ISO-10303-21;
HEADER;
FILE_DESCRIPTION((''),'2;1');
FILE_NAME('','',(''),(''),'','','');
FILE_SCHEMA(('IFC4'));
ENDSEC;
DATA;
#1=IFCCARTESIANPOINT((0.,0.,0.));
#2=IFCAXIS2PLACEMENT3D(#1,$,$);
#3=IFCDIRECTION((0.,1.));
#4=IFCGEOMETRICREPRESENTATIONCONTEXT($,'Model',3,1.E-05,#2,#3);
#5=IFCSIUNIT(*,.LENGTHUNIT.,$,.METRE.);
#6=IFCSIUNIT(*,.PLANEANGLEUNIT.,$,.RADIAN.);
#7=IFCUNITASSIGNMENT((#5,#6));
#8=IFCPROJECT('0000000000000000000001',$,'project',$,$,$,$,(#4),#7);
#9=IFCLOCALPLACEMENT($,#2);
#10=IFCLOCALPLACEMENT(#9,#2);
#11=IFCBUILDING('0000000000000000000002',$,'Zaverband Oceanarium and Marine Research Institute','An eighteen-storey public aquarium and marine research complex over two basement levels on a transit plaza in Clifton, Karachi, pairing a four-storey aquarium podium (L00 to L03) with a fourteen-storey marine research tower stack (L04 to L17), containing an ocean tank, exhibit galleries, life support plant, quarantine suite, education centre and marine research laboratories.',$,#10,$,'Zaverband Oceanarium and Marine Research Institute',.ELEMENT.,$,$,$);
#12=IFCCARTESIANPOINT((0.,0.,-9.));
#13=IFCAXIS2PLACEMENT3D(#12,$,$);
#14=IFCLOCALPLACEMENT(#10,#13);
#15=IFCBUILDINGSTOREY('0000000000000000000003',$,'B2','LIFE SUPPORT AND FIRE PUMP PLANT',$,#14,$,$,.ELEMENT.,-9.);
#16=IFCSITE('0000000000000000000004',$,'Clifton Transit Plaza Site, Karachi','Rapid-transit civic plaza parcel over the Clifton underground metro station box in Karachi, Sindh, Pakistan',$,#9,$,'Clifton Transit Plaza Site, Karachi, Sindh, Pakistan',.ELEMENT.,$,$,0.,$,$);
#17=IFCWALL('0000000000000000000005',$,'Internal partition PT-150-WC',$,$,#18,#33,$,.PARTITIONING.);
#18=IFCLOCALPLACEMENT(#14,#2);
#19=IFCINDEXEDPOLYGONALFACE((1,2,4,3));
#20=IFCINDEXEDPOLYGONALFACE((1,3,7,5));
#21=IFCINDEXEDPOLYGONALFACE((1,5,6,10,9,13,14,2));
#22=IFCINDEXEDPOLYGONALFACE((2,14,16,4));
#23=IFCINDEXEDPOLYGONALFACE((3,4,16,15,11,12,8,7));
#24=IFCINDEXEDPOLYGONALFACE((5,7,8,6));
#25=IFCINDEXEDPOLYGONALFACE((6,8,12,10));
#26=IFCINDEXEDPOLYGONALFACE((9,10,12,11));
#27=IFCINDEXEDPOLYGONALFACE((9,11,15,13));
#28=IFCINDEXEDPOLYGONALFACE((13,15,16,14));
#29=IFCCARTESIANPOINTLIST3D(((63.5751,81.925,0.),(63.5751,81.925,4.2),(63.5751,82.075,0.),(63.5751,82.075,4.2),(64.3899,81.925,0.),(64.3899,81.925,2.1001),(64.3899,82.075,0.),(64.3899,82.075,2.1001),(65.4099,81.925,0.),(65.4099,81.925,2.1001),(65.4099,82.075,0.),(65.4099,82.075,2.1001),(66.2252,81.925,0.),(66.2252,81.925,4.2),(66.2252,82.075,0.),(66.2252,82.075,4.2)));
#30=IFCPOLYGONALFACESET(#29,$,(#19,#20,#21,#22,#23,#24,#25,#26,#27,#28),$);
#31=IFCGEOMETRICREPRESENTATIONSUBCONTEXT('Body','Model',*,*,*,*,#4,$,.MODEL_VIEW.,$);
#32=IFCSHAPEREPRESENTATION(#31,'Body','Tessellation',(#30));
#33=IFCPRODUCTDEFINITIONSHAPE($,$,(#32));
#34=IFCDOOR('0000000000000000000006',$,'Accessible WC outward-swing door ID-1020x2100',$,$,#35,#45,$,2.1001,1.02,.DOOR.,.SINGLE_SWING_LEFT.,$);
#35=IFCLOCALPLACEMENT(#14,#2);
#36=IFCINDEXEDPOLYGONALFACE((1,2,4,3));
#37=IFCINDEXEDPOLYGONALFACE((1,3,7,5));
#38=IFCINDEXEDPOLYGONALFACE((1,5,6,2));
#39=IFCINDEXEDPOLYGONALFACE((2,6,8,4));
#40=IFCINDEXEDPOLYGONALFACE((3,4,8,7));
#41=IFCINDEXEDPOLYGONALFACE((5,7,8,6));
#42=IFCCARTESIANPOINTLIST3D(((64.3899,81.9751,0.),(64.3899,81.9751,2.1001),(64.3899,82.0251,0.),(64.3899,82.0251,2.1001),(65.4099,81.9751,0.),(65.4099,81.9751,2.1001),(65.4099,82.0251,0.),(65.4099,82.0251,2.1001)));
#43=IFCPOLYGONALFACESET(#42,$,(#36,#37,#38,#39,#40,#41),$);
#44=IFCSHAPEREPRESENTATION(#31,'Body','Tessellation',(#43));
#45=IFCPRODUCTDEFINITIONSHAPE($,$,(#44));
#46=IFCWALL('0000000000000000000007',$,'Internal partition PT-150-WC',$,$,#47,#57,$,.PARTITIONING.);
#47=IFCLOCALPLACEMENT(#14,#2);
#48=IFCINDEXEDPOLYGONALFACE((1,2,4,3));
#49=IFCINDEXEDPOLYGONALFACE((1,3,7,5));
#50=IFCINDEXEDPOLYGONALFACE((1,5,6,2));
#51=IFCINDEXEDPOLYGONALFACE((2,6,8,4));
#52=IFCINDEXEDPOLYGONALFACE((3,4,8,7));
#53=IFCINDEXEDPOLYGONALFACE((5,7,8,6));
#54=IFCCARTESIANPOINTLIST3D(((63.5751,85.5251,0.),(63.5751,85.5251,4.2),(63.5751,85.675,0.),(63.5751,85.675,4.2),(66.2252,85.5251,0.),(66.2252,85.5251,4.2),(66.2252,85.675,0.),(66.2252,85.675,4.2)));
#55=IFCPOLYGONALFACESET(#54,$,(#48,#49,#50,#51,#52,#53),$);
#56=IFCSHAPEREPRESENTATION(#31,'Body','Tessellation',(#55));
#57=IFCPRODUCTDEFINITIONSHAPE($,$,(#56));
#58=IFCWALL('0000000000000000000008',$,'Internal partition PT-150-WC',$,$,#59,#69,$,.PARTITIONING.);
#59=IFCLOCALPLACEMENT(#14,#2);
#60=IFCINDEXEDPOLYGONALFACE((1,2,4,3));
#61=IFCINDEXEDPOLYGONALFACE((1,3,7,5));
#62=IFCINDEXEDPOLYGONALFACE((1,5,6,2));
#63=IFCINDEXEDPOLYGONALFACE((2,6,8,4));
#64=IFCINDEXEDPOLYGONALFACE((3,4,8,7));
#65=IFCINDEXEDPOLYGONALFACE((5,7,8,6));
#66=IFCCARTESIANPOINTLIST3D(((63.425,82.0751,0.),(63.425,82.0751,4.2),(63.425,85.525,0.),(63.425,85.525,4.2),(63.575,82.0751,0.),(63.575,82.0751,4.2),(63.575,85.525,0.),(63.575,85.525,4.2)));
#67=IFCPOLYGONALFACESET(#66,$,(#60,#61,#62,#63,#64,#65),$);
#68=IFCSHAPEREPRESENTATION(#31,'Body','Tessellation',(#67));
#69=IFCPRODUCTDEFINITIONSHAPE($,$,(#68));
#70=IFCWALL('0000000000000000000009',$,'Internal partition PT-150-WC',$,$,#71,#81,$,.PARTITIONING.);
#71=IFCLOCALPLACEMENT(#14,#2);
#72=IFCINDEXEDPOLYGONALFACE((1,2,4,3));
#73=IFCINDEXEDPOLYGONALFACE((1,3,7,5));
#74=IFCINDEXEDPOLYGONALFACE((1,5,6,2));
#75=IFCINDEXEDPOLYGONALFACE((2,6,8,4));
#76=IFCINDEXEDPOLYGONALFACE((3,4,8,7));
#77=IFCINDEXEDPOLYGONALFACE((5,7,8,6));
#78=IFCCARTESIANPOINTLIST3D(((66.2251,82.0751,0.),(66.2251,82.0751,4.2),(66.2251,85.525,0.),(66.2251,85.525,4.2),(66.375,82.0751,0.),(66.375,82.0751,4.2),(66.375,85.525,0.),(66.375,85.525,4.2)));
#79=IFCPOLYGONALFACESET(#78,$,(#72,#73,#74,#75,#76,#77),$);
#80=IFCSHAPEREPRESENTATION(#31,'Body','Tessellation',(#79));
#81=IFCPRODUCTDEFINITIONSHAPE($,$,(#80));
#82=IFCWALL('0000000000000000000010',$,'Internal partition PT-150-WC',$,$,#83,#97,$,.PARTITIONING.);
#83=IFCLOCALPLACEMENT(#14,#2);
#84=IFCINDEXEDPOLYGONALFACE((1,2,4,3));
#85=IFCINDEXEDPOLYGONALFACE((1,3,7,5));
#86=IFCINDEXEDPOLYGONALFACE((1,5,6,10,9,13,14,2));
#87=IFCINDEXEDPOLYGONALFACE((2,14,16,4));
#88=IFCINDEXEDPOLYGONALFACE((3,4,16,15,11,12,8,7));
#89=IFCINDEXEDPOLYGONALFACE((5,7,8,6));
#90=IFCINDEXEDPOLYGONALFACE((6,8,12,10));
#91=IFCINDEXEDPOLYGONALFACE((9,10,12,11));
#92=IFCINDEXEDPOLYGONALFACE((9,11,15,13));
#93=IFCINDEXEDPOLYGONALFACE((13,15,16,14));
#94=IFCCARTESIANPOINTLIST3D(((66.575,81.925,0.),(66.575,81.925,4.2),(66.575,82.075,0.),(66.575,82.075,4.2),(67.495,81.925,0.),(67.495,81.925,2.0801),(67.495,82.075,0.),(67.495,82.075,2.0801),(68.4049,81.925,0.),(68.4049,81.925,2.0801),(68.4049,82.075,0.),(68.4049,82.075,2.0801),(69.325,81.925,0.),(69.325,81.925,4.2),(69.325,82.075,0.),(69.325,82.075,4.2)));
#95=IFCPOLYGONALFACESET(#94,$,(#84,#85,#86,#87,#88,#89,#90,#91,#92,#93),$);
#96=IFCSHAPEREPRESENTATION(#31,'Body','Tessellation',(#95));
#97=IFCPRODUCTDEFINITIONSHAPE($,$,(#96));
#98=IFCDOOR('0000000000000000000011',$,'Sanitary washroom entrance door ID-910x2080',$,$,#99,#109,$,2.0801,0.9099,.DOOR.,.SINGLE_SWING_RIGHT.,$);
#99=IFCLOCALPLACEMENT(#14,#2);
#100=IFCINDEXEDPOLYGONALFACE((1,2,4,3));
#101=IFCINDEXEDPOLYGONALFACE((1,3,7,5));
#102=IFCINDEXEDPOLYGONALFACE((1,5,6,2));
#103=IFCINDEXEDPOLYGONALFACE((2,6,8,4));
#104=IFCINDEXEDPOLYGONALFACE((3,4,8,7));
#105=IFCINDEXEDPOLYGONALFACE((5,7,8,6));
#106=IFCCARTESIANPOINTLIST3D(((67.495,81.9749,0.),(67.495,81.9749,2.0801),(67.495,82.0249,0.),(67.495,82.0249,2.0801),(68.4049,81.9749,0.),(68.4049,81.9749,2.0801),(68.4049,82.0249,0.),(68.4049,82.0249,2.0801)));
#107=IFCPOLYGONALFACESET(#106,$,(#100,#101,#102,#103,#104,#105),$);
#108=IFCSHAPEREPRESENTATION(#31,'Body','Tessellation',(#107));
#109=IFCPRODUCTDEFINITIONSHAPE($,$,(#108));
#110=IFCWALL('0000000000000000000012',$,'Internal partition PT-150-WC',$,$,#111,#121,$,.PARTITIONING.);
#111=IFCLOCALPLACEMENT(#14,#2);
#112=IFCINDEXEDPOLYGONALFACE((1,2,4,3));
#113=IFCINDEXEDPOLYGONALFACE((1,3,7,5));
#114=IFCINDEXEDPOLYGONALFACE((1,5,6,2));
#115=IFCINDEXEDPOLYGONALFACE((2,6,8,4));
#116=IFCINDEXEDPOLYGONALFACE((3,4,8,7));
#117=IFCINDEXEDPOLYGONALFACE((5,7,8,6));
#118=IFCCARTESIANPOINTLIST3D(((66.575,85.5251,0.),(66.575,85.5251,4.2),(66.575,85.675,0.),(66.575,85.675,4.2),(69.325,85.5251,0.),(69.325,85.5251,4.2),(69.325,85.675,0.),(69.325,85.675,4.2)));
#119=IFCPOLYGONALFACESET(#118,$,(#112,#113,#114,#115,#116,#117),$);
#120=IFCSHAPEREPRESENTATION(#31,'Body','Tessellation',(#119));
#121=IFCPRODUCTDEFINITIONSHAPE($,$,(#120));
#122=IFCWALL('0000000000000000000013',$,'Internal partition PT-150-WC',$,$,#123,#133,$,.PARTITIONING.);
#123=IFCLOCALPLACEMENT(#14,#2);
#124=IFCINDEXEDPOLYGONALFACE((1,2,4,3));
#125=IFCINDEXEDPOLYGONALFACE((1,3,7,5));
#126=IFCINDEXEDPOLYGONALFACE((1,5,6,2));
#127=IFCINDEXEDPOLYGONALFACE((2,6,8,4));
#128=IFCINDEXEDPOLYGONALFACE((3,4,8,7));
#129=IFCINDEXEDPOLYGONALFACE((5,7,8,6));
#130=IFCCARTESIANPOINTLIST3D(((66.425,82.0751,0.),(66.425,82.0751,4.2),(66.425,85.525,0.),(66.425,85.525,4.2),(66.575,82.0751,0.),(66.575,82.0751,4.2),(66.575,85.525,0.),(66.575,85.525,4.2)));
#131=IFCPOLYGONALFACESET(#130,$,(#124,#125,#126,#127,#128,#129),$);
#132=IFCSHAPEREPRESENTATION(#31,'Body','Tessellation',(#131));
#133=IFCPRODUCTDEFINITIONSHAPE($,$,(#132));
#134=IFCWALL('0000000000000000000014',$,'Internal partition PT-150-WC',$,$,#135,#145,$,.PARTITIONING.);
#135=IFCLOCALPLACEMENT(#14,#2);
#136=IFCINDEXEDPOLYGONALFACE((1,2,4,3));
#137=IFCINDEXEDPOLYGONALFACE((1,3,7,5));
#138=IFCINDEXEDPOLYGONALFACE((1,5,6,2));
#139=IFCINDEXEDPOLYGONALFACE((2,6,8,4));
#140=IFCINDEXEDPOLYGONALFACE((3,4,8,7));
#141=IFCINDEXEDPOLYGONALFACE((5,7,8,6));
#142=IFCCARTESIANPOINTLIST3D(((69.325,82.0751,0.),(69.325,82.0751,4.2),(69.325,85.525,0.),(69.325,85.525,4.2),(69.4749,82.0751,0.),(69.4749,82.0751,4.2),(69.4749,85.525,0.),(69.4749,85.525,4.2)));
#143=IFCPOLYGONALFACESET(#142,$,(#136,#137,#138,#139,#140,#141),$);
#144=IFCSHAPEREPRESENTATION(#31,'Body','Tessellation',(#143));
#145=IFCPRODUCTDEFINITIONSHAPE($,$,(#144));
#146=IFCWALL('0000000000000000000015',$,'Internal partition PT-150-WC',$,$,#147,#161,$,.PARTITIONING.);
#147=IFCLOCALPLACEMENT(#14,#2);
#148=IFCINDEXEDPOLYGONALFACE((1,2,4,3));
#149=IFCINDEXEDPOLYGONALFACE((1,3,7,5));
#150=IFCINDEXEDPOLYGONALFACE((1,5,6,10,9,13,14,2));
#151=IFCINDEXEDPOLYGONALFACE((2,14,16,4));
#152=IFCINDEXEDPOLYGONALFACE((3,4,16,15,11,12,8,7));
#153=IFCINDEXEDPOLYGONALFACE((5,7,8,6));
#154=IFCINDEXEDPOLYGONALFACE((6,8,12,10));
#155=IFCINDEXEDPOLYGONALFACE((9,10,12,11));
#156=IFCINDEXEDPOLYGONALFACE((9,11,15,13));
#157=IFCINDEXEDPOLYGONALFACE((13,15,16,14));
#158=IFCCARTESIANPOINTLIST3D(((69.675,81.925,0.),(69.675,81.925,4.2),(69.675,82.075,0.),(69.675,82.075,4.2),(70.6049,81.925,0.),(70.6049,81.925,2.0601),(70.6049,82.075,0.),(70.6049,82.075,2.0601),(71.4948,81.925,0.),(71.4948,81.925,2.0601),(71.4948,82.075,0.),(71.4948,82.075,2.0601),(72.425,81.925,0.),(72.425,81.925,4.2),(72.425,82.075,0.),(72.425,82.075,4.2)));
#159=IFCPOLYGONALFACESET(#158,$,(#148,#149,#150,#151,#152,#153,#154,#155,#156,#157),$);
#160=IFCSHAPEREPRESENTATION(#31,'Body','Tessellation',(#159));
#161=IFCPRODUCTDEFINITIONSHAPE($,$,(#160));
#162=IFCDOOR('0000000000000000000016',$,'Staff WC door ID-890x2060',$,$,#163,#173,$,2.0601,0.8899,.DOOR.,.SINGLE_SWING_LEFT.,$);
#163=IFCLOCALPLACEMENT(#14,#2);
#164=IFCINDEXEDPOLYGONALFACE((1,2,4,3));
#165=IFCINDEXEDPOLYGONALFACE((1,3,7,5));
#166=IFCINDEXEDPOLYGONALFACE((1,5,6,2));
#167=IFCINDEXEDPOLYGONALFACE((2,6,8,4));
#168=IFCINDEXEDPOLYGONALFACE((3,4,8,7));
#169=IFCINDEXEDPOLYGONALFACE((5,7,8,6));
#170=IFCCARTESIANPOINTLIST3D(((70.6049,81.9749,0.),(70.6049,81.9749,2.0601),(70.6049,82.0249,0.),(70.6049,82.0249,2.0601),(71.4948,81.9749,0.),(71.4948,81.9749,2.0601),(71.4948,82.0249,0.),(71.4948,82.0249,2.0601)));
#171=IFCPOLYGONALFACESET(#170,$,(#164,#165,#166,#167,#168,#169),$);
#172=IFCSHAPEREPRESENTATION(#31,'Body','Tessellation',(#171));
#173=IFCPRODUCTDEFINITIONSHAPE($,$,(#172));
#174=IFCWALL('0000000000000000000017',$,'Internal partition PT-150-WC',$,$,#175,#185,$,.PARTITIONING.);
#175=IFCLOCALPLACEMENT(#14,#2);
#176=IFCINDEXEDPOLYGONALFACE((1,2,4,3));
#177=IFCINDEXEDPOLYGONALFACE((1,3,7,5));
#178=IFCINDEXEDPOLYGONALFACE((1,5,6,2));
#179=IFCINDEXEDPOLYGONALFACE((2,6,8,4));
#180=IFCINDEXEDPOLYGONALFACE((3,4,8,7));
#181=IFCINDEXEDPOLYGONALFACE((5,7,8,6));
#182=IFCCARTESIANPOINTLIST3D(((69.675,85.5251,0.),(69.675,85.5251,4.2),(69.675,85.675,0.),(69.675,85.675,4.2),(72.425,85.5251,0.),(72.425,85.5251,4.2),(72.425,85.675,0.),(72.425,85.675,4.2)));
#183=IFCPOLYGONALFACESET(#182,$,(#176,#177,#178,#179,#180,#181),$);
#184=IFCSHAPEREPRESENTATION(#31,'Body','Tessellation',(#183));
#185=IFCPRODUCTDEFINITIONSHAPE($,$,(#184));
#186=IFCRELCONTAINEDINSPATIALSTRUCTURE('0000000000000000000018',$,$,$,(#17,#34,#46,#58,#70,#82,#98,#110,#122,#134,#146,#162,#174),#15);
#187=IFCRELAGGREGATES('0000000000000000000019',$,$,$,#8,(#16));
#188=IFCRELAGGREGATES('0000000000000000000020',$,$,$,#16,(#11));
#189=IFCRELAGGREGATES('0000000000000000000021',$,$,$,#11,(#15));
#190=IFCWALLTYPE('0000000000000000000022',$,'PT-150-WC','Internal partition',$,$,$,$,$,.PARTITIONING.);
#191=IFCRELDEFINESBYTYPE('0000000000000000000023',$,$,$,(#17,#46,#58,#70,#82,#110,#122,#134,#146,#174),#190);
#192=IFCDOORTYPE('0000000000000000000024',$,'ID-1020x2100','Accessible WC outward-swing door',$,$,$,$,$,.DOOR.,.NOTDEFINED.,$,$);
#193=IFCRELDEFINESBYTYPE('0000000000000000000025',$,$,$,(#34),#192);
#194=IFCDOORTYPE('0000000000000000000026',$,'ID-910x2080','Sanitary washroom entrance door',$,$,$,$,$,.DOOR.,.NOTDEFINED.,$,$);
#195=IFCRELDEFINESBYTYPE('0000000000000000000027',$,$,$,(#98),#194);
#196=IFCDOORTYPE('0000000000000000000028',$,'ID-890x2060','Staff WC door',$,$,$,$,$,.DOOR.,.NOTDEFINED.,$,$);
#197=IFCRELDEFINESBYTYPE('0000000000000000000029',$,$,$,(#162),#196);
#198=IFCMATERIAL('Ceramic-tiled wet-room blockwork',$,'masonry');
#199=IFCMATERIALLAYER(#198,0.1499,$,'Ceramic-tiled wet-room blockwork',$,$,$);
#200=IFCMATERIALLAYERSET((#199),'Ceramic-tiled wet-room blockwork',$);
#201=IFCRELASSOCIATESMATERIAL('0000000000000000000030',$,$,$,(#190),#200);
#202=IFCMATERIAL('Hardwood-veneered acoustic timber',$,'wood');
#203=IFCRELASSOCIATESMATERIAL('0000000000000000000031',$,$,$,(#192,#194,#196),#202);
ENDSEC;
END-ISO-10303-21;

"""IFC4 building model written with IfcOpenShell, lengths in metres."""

from ifc_helpers import new_model, si_unit, direction, frame, frame_2d, origin, place, context, subcontext, project, spatial, rectangle, extrude, material, layer, layer_set, type_object, element, fill, save


model = new_model("IFC4")

# Units and contexts
model_context = context("Model", 3, precision=1e-05, world=origin(), true_north=direction((0.0, 1.0)))
body_context = subcontext(model_context, "Body", "Model", "MODEL_VIEW")
ifc_project = project(units=[si_unit("LENGTHUNIT", "METRE"), si_unit("PLANEANGLEUNIT", "RADIAN")], contexts=[model_context])

# Site, building, storey
site_placement = place(None, origin())
site = spatial("IfcSite", under=ifc_project, at=site_placement, Name="Clifton Transit Plaza Site, Karachi", Description="Rapid-transit civic plaza parcel over the Clifton underground metro station box in Karachi, Sindh, Pakistan", LongName="Clifton Transit Plaza Site, Karachi, Sindh, Pakistan", CompositionType="ELEMENT", RefElevation=0.0)
building_placement = place(site_placement, origin())
building = spatial("IfcBuilding", under=site, at=building_placement, Name="Zaverband Oceanarium and Marine Research Institute", Description="An eighteen-storey public aquarium and marine research complex over two basement levels on a transit plaza in Clifton, Karachi, pairing a four-storey aquarium podium (L00 to L03) with a fourteen-storey marine research tower stack (L04 to L17), containing an ocean tank, exhibit galleries, life support plant, quarantine suite, education centre and marine research laboratories.", LongName="Zaverband Oceanarium and Marine Research Institute", CompositionType="ELEMENT")
storey_placement = place(building_placement, frame((0.0, 0.0, -9.0)))
storey = spatial("IfcBuildingStorey", under=building, at=storey_placement, Name="B2", Description="LIFE SUPPORT AND FIRE PUMP PLANT", CompositionType="ELEMENT", Elevation=-9.0)

# Wall, opening, door
ifc_material_1 = material(Name="Ceramic-tiled wet-room blockwork", Category="masonry")
ifc_layer_1 = layer(ifc_material_1, 0.1499, Name="Ceramic-tiled wet-room blockwork")
ifc_layer_set_1 = layer_set([ifc_layer_1], Name="Ceramic-tiled wet-room blockwork")
wall_type = type_object("IfcWallType", Name="PT-150-WC", Description="Internal partition", PredefinedType="PARTITIONING", material=ifc_layer_set_1)
wall_1_placement = place(storey_placement, frame((63.575, 82.0, 0.0), z_axis=(0.0, 0.0, 1.0), x_axis=(1.0, 0.0, 0.0)))
wall_1 = element("IfcWall", 1, at=wall_1_placement, inside=storey, type_object=wall_type, Name="Internal partition PT-150-WC", PredefinedType="PARTITIONING", context=body_context, shape_type="SweptSolid", body=[
    extrude(rectangle(XDim=2.6501, YDim=0.1499, at=frame_2d((1.3252, 0.0))), origin(), (0.0, 0.0, 1.0), 4.2),
])
opening_1_placement = place(wall_1_placement, frame((0.8149, 0.0, 0.0)))
opening_1 = element("IfcOpeningElement", 2, at=opening_1_placement, cuts=wall_1, PredefinedType="OPENING", context=body_context, shape_type="SweptSolid", body=[
    extrude(rectangle(XDim=1.02, YDim=2.1001, at=frame_2d((0.51, 1.05))), frame((0.0, 0.0869, 0.0), z_axis=(0.0, -1.0, 0.0), x_axis=(1.0, 0.0, 0.0)), (0.0, 0.0, 1.0), 0.1738),
])
ifc_material_2 = material(Name="Hardwood-veneered acoustic timber", Category="wood")
door_type_1 = type_object("IfcDoorType", Name="ID-1020x2100", Description="Accessible WC outward-swing door", OperationType="NOTDEFINED", PredefinedType="DOOR", material=ifc_material_2)
door_1_placement = place(opening_1_placement, frame((1.02, 0.0, 0.0), z_axis=(0.0, 0.0, 1.0), x_axis=(-1.0, 0.0, 0.0)))
door_1 = element("IfcDoor", 3, at=door_1_placement, inside=storey, type_object=door_type_1, Name="Accessible WC outward-swing door ID-1020x2100", OperationType="SINGLE_SWING_LEFT", OverallHeight=2.1001, OverallWidth=1.02, PredefinedType="DOOR", context=body_context, shape_type="SweptSolid", body=[
    extrude(rectangle(XDim=1.02, YDim=2.1001, at=frame_2d((0.51, 1.05))), frame((0.0, 0.0249, 0.0), z_axis=(0.0, -1.0, 0.0), x_axis=(1.0, 0.0, 0.0)), (0.0, 0.0, 1.0), 0.05),
])
fill(opening_1, door_1)

# Walls
wall_2_placement = place(storey_placement, frame((63.575, 85.6001, 0.0), z_axis=(0.0, 0.0, 1.0), x_axis=(1.0, 0.0, 0.0)))
element("IfcWall", 4, at=wall_2_placement, inside=storey, type_object=wall_type, Name="Internal partition PT-150-WC", PredefinedType="PARTITIONING", context=body_context, shape_type="SweptSolid", body=[
    extrude(rectangle(XDim=2.6501, YDim=0.1499, at=frame_2d((1.3252, 0.0))), origin(), (0.0, 0.0, 1.0), 4.2),
])
for number, where, z_axis, x_axis, name in (
    (5, (63.5, 82.075, 0.0), (0.0, 0.0, 1.0), (0.0, 1.0, 0.0), "Internal partition PT-150-WC"),
    (6, (66.3, 82.075, 0.0), (0.0, 0.0, 1.0), (0.0, 1.0, 0.0), "Internal partition PT-150-WC"),
):
    element("IfcWall", number, at=place(storey_placement, frame(where, z_axis=z_axis, x_axis=x_axis)), inside=storey, type_object=wall_type, Name=name, PredefinedType="PARTITIONING", context=body_context, shape_type="SweptSolid", body=[
        extrude(rectangle(XDim=3.45, YDim=0.1499, at=frame_2d((1.7251, 0.0))), origin(), (0.0, 0.0, 1.0), 4.2),
    ])

# Wall, opening, door
wall_3_placement = place(storey_placement, frame((66.575, 82.0, 0.0), z_axis=(0.0, 0.0, 1.0), x_axis=(1.0, 0.0, 0.0)))
wall_3 = element("IfcWall", 7, at=wall_3_placement, inside=storey, type_object=wall_type, Name="Internal partition PT-150-WC", PredefinedType="PARTITIONING", context=body_context, shape_type="SweptSolid", body=[
    extrude(rectangle(XDim=2.75, YDim=0.1499, at=frame_2d((1.375, 0.0))), origin(), (0.0, 0.0, 1.0), 4.2),
])
opening_2_placement = place(wall_3_placement, frame((0.9199, 0.0, 0.0)))
opening_2 = element("IfcOpeningElement", 8, at=opening_2_placement, cuts=wall_3, PredefinedType="OPENING", context=body_context, shape_type="SweptSolid", body=[
    extrude(rectangle(XDim=0.9099, YDim=2.0801, at=frame_2d((0.4551, 1.04))), frame((0.0, 0.0869, 0.0), z_axis=(0.0, -1.0, 0.0), x_axis=(1.0, 0.0, 0.0)), (0.0, 0.0, 1.0), 0.1738),
])
door_type_2 = type_object("IfcDoorType", Name="ID-910x2080", Description="Sanitary washroom entrance door", OperationType="NOTDEFINED", PredefinedType="DOOR", material=ifc_material_2)
door_2_placement = place(opening_2_placement, origin())
door_2 = element("IfcDoor", 9, at=door_2_placement, inside=storey, type_object=door_type_2, Name="Sanitary washroom entrance door ID-910x2080", OperationType="SINGLE_SWING_RIGHT", OverallHeight=2.0801, OverallWidth=0.9099, PredefinedType="DOOR", context=body_context, shape_type="SweptSolid", body=[
    extrude(rectangle(XDim=0.9099, YDim=2.0801, at=frame_2d((0.4551, 1.04))), frame((0.0, 0.0249, 0.0), z_axis=(0.0, -1.0, 0.0), x_axis=(1.0, 0.0, 0.0)), (0.0, 0.0, 1.0), 0.05),
])
fill(opening_2, door_2)

# Walls
wall_4_placement = place(storey_placement, frame((66.575, 85.6001, 0.0), z_axis=(0.0, 0.0, 1.0), x_axis=(1.0, 0.0, 0.0)))
element("IfcWall", 10, at=wall_4_placement, inside=storey, type_object=wall_type, Name="Internal partition PT-150-WC", PredefinedType="PARTITIONING", context=body_context, shape_type="SweptSolid", body=[
    extrude(rectangle(XDim=2.75, YDim=0.1499, at=frame_2d((1.375, 0.0))), origin(), (0.0, 0.0, 1.0), 4.2),
])
for number, where, z_axis, x_axis, name in (
    (11, (66.5, 82.075, 0.0), (0.0, 0.0, 1.0), (0.0, 1.0, 0.0), "Internal partition PT-150-WC"),
    (12, (69.3999, 82.075, 0.0), (0.0, 0.0, 1.0), (0.0, 1.0, 0.0), "Internal partition PT-150-WC"),
):
    element("IfcWall", number, at=place(storey_placement, frame(where, z_axis=z_axis, x_axis=x_axis)), inside=storey, type_object=wall_type, Name=name, PredefinedType="PARTITIONING", context=body_context, shape_type="SweptSolid", body=[
        extrude(rectangle(XDim=3.45, YDim=0.1499, at=frame_2d((1.7251, 0.0))), origin(), (0.0, 0.0, 1.0), 4.2),
    ])

# Wall, opening, door
wall_5_placement = place(storey_placement, frame((69.675, 82.0, 0.0), z_axis=(0.0, 0.0, 1.0), x_axis=(1.0, 0.0, 0.0)))
wall_5 = element("IfcWall", 13, at=wall_5_placement, inside=storey, type_object=wall_type, Name="Internal partition PT-150-WC", PredefinedType="PARTITIONING", context=body_context, shape_type="SweptSolid", body=[
    extrude(rectangle(XDim=2.75, YDim=0.1499, at=frame_2d((1.375, 0.0))), origin(), (0.0, 0.0, 1.0), 4.2),
])
opening_3_placement = place(wall_5_placement, frame((0.9299, 0.0, 0.0)))
opening_3 = element("IfcOpeningElement", 14, at=opening_3_placement, cuts=wall_5, PredefinedType="OPENING", context=body_context, shape_type="SweptSolid", body=[
    extrude(rectangle(XDim=0.8899, YDim=2.0601, at=frame_2d((0.4448, 1.03))), frame((0.0, 0.0869, 0.0), z_axis=(0.0, -1.0, 0.0), x_axis=(1.0, 0.0, 0.0)), (0.0, 0.0, 1.0), 0.1738),
])
door_type_3 = type_object("IfcDoorType", Name="ID-890x2060", Description="Staff WC door", OperationType="NOTDEFINED", PredefinedType="DOOR", material=ifc_material_2)
door_3_placement = place(opening_3_placement, origin())
door_3 = element("IfcDoor", 15, at=door_3_placement, inside=storey, type_object=door_type_3, Name="Staff WC door ID-890x2060", OperationType="SINGLE_SWING_LEFT", OverallHeight=2.0601, OverallWidth=0.8899, PredefinedType="DOOR", context=body_context, shape_type="SweptSolid", body=[
    extrude(rectangle(XDim=0.8899, YDim=2.0601, at=frame_2d((0.4448, 1.03))), frame((0.0, 0.0249, 0.0), z_axis=(0.0, -1.0, 0.0), x_axis=(1.0, 0.0, 0.0)), (0.0, 0.0, 1.0), 0.05),
])
fill(opening_3, door_3)

# Wall
wall_6_placement = place(storey_placement, frame((69.675, 85.6001, 0.0), z_axis=(0.0, 0.0, 1.0), x_axis=(1.0, 0.0, 0.0)))
element("IfcWall", 16, at=wall_6_placement, inside=storey, type_object=wall_type, Name="Internal partition PT-150-WC", PredefinedType="PARTITIONING", context=body_context, shape_type="SweptSolid", body=[
    extrude(rectangle(XDim=2.75, YDim=0.1499, at=frame_2d((1.375, 0.0))), origin(), (0.0, 0.0, 1.0), 4.2),
])

save(model, "model.ifc")
